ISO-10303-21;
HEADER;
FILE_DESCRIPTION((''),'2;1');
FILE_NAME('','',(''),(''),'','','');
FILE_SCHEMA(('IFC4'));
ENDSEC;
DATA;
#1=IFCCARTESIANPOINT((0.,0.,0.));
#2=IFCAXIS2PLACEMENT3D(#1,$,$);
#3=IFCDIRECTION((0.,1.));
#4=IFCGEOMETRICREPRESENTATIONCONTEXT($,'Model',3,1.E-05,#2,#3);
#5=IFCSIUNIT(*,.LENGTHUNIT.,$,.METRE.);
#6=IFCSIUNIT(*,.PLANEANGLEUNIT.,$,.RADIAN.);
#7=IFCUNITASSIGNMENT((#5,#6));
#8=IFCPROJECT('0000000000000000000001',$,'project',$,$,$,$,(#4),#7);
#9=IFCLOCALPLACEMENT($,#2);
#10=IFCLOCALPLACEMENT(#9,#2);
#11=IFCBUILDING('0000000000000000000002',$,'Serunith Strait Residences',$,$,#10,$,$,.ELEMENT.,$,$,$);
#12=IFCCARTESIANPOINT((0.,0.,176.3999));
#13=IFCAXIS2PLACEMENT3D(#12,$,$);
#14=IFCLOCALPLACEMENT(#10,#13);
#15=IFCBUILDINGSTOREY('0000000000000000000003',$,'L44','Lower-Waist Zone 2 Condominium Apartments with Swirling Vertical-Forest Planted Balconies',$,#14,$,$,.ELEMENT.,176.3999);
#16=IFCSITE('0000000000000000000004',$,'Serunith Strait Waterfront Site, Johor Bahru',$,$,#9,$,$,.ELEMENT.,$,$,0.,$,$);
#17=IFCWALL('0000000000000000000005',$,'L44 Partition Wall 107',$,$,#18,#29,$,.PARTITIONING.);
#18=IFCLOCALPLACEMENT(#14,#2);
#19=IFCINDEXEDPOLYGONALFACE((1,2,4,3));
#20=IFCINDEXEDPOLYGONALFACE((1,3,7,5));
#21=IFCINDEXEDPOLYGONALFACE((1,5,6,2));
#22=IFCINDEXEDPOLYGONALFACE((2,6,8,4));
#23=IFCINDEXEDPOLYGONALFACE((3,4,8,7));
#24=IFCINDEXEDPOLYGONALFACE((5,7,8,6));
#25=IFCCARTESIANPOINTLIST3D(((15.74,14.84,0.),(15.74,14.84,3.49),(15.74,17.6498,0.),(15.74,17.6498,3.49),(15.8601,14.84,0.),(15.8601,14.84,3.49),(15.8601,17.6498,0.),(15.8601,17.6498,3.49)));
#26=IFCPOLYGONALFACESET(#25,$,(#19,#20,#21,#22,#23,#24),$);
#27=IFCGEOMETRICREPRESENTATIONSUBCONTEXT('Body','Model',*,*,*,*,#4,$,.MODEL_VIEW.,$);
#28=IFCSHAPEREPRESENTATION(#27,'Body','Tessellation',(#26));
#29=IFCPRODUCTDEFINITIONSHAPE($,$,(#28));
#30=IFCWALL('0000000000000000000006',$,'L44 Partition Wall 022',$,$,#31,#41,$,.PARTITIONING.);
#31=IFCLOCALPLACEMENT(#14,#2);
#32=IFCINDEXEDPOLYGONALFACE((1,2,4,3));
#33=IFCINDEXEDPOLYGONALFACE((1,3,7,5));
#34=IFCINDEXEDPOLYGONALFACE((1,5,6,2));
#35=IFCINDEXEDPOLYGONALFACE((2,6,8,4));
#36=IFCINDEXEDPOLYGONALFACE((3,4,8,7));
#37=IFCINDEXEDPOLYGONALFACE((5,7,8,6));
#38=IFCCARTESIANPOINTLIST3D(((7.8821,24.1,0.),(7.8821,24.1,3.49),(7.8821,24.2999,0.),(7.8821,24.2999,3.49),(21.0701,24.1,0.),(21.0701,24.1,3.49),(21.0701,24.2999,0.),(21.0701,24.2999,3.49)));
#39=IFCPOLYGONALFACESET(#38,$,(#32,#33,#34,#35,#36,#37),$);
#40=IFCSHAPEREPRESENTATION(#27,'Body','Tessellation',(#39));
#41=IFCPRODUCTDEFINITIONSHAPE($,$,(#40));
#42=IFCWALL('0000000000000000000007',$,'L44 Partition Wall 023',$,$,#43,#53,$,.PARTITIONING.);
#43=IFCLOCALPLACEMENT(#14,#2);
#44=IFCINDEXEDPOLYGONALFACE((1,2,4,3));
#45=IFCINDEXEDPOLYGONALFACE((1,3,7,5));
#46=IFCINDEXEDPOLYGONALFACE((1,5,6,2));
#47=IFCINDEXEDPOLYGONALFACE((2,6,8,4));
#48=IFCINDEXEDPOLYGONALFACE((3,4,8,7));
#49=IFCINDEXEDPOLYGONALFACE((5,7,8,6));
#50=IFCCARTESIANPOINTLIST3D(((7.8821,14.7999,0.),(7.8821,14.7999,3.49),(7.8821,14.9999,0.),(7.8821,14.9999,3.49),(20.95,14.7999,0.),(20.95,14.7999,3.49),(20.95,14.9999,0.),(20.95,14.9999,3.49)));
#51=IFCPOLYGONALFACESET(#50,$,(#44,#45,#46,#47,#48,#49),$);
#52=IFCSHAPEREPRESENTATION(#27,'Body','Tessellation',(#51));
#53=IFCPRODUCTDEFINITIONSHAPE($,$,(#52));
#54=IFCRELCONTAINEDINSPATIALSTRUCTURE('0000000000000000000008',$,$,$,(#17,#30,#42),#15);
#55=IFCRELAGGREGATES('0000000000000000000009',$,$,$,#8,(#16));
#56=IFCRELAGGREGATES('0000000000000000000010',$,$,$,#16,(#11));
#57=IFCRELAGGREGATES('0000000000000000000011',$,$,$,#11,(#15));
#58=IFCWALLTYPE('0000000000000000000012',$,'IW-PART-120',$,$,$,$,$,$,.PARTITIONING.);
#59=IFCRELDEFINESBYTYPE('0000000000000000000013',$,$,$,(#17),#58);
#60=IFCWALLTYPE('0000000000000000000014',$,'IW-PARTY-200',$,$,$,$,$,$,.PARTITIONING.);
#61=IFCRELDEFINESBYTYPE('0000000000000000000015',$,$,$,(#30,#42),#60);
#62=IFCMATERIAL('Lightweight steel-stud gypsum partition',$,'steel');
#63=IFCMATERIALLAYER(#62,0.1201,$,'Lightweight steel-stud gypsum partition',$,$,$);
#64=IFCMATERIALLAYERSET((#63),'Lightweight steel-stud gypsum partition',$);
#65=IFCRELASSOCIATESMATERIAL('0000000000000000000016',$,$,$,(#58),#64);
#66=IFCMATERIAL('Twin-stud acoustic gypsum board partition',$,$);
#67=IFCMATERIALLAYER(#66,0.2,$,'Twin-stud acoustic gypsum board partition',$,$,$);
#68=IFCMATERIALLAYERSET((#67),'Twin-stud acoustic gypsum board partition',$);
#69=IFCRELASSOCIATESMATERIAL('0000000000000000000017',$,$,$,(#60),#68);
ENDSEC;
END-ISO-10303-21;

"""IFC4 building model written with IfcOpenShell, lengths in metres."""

from ifc_helpers import new_model, si_unit, direction, frame, frame_2d, origin, place, context, subcontext, project, spatial, rectangle, extrude, material, layer, layer_set, type_object, element, save


model = new_model("IFC4")

# Units and contexts
model_context = context("Model", 3, precision=1e-05, world=origin(), true_north=direction((0.0, 1.0)))
body_context = subcontext(model_context, "Body", "Model", "MODEL_VIEW")
ifc_project = project(units=[si_unit("LENGTHUNIT", "METRE"), si_unit("PLANEANGLEUNIT", "RADIAN")], contexts=[model_context])

# Site, building, storey
site_placement = place(None, origin())
site = spatial("IfcSite", under=ifc_project, at=site_placement, Name="Serunith Strait Waterfront Site, Johor Bahru", CompositionType="ELEMENT", RefElevation=0.0)
building_placement = place(site_placement, origin())
building = spatial("IfcBuilding", under=site, at=building_placement, Name="Serunith Strait Residences", CompositionType="ELEMENT")
storey_placement = place(building_placement, frame((0.0, 0.0, 176.3999)))
storey = spatial("IfcBuildingStorey", under=building, at=storey_placement, Name="L44", Description="Lower-Waist Zone 2 Condominium Apartments with Swirling Vertical-Forest Planted Balconies", CompositionType="ELEMENT", Elevation=176.3999)

# Shared definitions
ifc_material_1 = material(Name="Lightweight steel-stud gypsum partition", Category="steel")
ifc_layer_1 = layer(ifc_material_1, 0.1201, Name="Lightweight steel-stud gypsum partition")
ifc_layer_set_1 = layer_set([ifc_layer_1], Name="Lightweight steel-stud gypsum partition")
wall_type_1 = type_object("IfcWallType", Name="IW-PART-120", PredefinedType="PARTITIONING", material=ifc_layer_set_1)

# Walls
wall_1_placement = place(storey_placement, frame((15.8, 14.8401, 0.0), z_axis=(0.0, 0.0, 1.0), x_axis=(0.0, 1.0, 0.0)))
element("IfcWall", 1, at=wall_1_placement, inside=storey, type_object=wall_type_1, Name="L44 Partition Wall 107", PredefinedType="PARTITIONING", context=body_context, shape_type="SweptSolid", body=[
    extrude(rectangle(XDim=2.8098, YDim=0.1201, at=frame_2d((1.4048, 0.0))), origin(), (0.0, 0.0, 1.0), 3.49),
])
ifc_material_2 = material(Name="Twin-stud acoustic gypsum board partition")
ifc_layer_2 = layer(ifc_material_2, 0.2, Name="Twin-stud acoustic gypsum board partition")
ifc_layer_set_2 = layer_set([ifc_layer_2], Name="Twin-stud acoustic gypsum board partition")
wall_type_2 = type_object("IfcWallType", Name="IW-PARTY-200", PredefinedType="PARTITIONING", material=ifc_layer_set_2)
wall_2_placement = place(storey_placement, frame((7.8821, 24.2, 0.0), z_axis=(0.0, 0.0, 1.0), x_axis=(1.0, 0.0, 0.0)))
element("IfcWall", 2, at=wall_2_placement, inside=storey, type_object=wall_type_2, Name="L44 Partition Wall 022", PredefinedType="PARTITIONING", context=body_context, shape_type="SweptSolid", body=[
    extrude(rectangle(XDim=13.188, YDim=0.2, at=frame_2d((6.594, 0.0))), origin(), (0.0, 0.0, 1.0), 3.49),
])
wall_3_placement = place(storey_placement, frame((7.8821, 14.8999, 0.0), z_axis=(0.0, 0.0, 1.0), x_axis=(1.0, 0.0, 0.0)))
element("IfcWall", 3, at=wall_3_placement, inside=storey, type_object=wall_type_2, Name="L44 Partition Wall 023", PredefinedType="PARTITIONING", context=body_context, shape_type="SweptSolid", body=[
    extrude(rectangle(XDim=13.0679, YDim=0.2, at=frame_2d((6.5339, 0.0))), origin(), (0.0, 0.0, 1.0), 3.49),
])

save(model, "model.ifc")
